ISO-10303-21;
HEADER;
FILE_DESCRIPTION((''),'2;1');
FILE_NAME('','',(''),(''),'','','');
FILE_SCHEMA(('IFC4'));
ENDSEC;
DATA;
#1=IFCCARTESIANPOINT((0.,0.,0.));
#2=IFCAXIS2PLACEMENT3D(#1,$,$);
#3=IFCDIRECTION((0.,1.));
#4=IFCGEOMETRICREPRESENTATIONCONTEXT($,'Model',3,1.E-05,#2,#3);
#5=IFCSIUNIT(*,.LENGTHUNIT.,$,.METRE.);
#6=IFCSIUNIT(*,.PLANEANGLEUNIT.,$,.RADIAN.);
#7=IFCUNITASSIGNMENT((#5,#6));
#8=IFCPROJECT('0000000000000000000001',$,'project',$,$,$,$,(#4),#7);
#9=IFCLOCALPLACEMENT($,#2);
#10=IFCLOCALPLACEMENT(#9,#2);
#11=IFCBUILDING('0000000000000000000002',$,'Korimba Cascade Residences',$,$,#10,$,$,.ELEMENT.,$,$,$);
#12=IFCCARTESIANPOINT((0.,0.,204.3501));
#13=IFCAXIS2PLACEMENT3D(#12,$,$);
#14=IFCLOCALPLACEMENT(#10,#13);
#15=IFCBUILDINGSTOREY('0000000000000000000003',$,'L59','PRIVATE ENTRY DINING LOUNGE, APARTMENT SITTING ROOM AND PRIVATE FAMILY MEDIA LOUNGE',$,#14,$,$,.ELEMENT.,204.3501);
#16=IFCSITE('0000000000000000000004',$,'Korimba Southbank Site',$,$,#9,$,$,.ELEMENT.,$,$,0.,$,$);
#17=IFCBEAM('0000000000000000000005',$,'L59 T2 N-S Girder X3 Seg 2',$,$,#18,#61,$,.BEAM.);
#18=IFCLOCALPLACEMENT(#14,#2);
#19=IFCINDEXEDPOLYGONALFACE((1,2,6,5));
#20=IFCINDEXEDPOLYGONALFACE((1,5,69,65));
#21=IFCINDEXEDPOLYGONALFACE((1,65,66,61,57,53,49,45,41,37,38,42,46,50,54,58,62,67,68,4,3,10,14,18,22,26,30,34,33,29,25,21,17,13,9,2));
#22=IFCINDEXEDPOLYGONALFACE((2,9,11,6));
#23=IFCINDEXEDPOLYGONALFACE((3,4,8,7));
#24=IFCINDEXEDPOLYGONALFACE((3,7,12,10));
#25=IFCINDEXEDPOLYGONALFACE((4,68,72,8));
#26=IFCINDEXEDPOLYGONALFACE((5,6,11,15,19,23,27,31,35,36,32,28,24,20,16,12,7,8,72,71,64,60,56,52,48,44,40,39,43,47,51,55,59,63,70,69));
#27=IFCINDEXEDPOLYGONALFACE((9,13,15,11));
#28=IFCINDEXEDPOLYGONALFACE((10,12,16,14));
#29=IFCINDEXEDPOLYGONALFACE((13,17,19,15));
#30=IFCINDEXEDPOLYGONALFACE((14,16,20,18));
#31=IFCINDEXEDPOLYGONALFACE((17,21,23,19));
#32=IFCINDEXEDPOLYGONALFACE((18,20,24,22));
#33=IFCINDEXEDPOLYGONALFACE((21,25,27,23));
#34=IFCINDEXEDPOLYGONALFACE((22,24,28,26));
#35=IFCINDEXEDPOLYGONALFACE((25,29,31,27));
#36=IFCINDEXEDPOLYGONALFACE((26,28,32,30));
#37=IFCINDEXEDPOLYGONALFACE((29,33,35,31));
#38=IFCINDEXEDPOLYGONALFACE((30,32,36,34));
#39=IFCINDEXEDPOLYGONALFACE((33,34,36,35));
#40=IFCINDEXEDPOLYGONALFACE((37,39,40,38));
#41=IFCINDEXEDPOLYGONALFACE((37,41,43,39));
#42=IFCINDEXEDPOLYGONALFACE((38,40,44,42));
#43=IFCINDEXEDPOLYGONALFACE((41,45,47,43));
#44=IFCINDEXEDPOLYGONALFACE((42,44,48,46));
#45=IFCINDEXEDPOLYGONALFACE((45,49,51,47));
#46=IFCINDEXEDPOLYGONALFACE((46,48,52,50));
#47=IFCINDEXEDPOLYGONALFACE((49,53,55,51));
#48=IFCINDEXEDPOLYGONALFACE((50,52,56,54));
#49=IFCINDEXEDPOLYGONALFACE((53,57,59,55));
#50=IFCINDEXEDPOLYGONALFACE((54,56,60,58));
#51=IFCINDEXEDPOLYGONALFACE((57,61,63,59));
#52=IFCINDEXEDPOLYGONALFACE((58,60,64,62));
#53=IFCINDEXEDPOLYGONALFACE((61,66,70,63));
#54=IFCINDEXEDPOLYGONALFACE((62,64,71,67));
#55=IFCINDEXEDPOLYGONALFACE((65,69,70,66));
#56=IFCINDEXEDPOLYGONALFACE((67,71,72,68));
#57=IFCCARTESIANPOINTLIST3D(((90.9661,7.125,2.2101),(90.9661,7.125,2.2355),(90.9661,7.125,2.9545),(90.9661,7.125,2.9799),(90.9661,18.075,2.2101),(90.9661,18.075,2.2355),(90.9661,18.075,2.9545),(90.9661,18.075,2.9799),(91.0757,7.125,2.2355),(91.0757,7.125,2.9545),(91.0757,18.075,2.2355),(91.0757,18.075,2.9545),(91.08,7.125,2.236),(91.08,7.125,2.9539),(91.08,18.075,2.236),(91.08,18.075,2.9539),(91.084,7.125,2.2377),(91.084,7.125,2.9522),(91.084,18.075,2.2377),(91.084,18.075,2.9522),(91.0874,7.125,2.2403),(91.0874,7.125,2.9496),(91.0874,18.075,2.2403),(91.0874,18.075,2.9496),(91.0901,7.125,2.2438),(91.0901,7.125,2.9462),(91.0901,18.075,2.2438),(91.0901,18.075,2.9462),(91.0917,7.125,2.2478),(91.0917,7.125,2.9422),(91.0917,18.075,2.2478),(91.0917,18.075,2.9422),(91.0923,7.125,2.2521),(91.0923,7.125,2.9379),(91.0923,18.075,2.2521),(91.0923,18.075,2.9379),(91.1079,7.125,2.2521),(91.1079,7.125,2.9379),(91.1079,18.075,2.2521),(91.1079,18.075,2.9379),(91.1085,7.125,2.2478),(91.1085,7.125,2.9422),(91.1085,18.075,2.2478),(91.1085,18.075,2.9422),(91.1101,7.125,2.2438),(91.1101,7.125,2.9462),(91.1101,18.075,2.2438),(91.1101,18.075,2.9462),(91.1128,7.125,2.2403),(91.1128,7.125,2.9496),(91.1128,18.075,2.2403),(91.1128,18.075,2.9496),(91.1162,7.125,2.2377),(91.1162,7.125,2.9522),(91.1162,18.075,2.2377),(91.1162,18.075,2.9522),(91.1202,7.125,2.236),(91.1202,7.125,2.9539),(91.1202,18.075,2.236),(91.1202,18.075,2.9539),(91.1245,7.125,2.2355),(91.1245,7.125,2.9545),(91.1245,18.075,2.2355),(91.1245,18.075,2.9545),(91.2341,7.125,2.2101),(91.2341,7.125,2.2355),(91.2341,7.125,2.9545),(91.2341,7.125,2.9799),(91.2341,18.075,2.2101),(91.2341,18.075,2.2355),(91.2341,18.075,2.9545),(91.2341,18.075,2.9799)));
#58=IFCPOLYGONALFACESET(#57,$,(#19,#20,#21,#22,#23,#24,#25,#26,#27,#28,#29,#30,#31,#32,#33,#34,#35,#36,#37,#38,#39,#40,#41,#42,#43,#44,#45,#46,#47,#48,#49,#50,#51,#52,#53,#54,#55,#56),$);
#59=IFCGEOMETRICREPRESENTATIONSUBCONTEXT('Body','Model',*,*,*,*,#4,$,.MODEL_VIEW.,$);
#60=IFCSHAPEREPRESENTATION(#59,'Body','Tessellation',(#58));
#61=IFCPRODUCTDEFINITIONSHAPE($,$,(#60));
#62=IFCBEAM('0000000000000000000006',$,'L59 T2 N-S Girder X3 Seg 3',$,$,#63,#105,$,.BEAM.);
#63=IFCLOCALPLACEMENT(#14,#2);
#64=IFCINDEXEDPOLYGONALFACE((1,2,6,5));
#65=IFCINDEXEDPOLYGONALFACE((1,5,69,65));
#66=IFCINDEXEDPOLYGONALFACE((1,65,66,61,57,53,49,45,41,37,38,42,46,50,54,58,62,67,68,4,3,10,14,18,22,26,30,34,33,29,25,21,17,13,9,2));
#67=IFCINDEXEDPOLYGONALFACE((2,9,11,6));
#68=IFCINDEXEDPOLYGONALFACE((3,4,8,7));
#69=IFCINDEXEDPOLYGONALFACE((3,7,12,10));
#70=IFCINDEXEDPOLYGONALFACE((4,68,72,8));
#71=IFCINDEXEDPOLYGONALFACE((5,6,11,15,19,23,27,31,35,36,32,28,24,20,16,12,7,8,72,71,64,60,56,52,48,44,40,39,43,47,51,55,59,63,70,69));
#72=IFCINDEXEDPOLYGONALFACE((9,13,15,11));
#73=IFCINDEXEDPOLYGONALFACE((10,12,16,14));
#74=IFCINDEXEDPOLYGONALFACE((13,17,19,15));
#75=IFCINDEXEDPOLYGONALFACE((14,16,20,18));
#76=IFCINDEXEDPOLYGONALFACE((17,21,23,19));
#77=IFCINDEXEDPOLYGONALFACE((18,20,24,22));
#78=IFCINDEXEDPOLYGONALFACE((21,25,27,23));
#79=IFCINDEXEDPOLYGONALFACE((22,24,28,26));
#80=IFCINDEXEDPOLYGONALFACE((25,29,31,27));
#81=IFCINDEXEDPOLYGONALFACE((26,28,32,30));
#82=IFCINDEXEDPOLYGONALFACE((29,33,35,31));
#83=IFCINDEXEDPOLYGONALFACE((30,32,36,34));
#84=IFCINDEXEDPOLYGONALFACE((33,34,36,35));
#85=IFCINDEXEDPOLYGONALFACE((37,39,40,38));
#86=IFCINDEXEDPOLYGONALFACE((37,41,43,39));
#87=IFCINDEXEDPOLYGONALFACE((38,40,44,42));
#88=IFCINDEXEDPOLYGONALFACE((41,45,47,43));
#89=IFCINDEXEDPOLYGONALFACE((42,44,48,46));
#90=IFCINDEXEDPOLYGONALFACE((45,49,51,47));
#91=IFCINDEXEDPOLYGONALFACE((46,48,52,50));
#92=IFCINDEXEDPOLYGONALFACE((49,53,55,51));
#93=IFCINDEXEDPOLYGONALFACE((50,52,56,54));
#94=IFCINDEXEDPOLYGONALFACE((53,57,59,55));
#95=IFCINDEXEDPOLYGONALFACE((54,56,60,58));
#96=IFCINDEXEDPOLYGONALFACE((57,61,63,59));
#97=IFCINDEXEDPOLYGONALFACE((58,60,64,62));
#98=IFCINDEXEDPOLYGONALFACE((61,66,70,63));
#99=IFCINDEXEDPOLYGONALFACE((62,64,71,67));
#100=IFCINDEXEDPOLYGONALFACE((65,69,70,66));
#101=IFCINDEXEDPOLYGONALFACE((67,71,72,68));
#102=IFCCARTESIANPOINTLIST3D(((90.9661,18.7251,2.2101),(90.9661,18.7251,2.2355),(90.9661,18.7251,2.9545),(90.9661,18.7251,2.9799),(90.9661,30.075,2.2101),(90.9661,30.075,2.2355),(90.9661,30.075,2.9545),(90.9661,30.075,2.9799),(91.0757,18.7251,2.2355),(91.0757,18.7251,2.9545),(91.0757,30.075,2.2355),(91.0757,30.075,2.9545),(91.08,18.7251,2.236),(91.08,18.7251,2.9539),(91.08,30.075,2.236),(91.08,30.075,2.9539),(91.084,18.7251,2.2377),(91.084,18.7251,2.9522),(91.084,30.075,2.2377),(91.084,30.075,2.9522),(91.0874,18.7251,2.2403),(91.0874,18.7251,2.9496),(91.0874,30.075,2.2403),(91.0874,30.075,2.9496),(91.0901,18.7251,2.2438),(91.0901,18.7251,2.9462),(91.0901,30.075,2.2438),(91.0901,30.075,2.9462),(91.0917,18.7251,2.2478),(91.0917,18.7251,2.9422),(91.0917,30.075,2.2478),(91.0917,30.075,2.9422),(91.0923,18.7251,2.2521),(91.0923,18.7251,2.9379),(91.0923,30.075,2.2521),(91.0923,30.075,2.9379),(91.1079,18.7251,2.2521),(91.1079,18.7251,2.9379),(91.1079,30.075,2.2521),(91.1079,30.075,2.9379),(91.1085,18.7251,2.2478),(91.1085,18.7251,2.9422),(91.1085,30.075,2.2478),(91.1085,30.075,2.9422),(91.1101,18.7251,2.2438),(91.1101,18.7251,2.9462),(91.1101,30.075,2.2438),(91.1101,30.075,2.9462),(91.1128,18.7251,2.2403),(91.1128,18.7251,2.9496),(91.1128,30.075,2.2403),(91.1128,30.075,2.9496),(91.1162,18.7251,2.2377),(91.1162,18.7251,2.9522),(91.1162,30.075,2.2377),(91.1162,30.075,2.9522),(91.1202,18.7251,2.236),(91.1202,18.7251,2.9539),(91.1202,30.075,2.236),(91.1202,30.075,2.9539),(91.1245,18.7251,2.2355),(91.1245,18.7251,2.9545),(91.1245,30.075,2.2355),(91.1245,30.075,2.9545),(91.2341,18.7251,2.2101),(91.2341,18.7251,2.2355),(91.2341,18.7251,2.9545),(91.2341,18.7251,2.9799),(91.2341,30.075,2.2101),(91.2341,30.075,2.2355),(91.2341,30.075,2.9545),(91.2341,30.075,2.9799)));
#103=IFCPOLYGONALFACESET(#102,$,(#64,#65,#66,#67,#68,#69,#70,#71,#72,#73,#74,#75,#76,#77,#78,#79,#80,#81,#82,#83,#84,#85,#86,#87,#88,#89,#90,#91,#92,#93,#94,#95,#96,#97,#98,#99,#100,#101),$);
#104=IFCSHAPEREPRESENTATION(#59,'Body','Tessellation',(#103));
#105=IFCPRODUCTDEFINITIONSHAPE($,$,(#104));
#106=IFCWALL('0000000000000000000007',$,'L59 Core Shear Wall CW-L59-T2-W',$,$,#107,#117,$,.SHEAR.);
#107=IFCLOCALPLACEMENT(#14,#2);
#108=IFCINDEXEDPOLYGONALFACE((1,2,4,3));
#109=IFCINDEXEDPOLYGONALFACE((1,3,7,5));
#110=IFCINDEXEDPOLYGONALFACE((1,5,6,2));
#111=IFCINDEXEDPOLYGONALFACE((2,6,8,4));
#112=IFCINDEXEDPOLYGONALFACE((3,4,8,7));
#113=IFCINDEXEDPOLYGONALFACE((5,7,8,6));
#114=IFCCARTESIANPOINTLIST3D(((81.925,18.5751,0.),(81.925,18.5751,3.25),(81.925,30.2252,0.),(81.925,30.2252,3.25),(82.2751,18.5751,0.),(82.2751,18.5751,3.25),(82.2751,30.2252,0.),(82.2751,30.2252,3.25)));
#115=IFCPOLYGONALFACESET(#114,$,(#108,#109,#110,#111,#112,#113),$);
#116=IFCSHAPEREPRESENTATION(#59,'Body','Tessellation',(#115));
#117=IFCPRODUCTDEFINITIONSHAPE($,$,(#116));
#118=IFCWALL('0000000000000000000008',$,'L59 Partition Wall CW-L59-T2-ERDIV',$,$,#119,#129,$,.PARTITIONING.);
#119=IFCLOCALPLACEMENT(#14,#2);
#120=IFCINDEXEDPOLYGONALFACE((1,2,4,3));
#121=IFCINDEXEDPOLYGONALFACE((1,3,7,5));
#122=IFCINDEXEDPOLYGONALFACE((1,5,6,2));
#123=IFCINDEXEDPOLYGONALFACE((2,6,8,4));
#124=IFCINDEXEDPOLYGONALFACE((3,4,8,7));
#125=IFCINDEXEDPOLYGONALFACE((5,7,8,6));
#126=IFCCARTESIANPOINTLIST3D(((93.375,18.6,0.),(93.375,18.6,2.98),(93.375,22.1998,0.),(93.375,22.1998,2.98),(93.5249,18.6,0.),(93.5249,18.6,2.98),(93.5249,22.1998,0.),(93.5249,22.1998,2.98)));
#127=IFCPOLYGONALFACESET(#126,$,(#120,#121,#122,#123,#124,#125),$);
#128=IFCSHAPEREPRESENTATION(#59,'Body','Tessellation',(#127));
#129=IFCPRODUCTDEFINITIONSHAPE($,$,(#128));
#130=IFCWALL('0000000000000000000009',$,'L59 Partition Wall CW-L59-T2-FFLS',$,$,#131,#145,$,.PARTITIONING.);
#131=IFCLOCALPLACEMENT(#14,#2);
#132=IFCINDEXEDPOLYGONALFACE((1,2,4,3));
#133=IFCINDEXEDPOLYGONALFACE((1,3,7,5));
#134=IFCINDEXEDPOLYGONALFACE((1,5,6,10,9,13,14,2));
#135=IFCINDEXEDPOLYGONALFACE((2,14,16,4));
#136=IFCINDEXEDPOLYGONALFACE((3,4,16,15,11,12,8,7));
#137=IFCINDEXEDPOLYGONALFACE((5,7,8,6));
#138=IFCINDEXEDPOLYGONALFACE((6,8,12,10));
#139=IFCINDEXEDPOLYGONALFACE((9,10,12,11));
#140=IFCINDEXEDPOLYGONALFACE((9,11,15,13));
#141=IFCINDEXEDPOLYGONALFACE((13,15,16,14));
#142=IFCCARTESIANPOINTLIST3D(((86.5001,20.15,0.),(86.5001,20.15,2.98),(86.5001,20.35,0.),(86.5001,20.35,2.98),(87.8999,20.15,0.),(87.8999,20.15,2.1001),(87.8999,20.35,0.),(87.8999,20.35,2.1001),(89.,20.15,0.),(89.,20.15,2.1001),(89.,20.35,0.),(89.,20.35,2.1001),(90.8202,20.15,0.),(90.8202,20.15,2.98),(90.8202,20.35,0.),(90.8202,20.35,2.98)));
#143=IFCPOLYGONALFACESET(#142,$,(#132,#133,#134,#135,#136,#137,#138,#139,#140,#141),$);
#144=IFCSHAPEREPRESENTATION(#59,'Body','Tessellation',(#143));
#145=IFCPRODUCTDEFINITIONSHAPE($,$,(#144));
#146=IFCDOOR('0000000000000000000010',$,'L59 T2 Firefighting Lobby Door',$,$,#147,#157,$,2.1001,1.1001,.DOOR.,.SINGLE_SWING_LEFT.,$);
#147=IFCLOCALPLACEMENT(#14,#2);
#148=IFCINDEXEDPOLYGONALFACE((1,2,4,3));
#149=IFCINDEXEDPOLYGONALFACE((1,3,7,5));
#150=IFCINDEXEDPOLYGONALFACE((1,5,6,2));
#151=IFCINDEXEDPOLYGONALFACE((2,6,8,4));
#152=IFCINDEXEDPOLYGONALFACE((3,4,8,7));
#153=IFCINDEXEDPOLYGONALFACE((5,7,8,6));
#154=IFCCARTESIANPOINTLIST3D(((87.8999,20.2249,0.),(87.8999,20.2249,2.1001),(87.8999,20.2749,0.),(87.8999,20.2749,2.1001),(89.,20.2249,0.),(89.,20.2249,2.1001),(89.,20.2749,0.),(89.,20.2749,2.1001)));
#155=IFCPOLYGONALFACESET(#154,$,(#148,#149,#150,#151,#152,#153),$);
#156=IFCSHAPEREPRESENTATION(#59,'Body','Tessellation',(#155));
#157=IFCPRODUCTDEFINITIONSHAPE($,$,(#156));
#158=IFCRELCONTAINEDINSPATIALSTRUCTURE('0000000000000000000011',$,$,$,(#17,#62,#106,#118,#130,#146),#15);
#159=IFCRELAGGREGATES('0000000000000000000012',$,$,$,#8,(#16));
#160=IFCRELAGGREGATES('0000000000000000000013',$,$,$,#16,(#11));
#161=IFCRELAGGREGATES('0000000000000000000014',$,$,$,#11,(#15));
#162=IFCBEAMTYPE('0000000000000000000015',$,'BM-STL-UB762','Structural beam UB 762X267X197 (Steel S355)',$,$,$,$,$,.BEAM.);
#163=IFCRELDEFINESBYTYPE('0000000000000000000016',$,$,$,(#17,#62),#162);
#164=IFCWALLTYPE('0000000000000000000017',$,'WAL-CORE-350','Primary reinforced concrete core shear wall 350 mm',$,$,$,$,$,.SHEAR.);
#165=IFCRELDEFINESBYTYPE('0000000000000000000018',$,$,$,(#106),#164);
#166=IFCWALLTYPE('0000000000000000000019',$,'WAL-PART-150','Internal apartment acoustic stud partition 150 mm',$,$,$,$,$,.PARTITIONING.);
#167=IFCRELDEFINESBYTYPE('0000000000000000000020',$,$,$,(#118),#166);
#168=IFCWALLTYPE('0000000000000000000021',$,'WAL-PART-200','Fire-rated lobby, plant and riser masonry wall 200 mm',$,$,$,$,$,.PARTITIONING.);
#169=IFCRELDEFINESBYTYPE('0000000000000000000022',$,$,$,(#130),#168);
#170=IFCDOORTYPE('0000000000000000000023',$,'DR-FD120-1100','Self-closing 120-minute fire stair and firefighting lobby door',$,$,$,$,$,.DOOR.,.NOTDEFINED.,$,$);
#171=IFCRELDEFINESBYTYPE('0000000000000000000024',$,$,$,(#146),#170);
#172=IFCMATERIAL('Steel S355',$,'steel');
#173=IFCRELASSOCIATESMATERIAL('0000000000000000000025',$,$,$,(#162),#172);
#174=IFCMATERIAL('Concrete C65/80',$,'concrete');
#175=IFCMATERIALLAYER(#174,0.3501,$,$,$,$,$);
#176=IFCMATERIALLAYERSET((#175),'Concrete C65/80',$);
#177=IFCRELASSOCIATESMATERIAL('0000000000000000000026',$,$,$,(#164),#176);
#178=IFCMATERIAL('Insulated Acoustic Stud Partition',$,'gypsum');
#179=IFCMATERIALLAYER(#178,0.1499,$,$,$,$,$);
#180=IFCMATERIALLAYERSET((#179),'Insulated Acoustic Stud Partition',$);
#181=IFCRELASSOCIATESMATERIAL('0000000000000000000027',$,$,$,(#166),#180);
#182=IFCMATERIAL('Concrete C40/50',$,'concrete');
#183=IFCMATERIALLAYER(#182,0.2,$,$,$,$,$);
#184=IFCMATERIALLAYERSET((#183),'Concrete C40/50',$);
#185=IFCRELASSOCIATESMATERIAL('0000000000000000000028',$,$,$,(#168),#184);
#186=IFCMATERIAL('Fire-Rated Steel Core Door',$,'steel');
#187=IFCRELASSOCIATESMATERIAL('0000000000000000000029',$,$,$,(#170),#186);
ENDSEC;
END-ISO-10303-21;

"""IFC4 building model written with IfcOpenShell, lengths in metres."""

from ifc_helpers import new_model, si_unit, direction, frame, frame_2d, origin, origin_2d, place, context, subcontext, project, spatial, rectangle, i_section, extrude, material, layer, layer_set, material_profile, profile_set, type_object, element, fill, save


model = new_model("IFC4")

# Units and contexts
model_context = context("Model", 3, precision=1e-05, world=origin(), true_north=direction((0.0, 1.0)))
body_context = subcontext(model_context, "Body", "Model", "MODEL_VIEW")
ifc_project = project(units=[si_unit("LENGTHUNIT", "METRE"), si_unit("PLANEANGLEUNIT", "RADIAN")], contexts=[model_context])

# Site, building, storey
site_placement = place(None, origin())
site = spatial("IfcSite", under=ifc_project, at=site_placement, Name="Korimba Southbank Site", CompositionType="ELEMENT", RefElevation=0.0)
building_placement = place(site_placement, origin())
building = spatial("IfcBuilding", under=site, at=building_placement, Name="Korimba Cascade Residences", CompositionType="ELEMENT")
storey_placement = place(building_placement, frame((0.0, 0.0, 204.3501)))
storey = spatial("IfcBuildingStorey", under=building, at=storey_placement, Name="L59", Description="PRIVATE ENTRY DINING LOUNGE, APARTMENT SITTING ROOM AND PRIVATE FAMILY MEDIA LOUNGE", CompositionType="ELEMENT", Elevation=204.3501)

# Beams
ifc_material_1 = material(Name="Steel S355", Category="steel")
ifc_material_profile_1 = material_profile(ifc_material_1, i_section(OverallWidth=0.2681, OverallDepth=0.7698, WebThickness=0.0156, FlangeThickness=0.0254, FilletRadius=0.0166, at=origin_2d()), Name="Steel S355")
ifc_profile_set_1 = profile_set([ifc_material_profile_1], Name="Steel S355")
beam_type_1 = type_object("IfcBeamType", Name="BM-STL-UB762", Description="Structural beam UB 762X267X197 (Steel S355)", PredefinedType="BEAM", material=ifc_profile_set_1)
beam_1_placement = place(storey_placement, frame((91.1001, 7.125, 2.595), z_axis=(0.0, 1.0, 0.0), x_axis=(-1.0, 0.0, 0.0)))
element("IfcBeam", 1, at=beam_1_placement, inside=storey, type_object=beam_type_1, Name="L59 T2 N-S Girder X3 Seg 2", PredefinedType="BEAM", context=body_context, shape_type="SweptSolid", body=[
    extrude(i_section(OverallWidth=0.2681, OverallDepth=0.7698, WebThickness=0.0156, FlangeThickness=0.0254, FilletRadius=0.0166, at=origin_2d()), origin(), (0.0, 0.0, 1.0), 10.95),
])
beam_2_placement = place(storey_placement, frame((91.1001, 18.7251, 2.595), z_axis=(0.0, 1.0, 0.0), x_axis=(-1.0, 0.0, 0.0)))
element("IfcBeam", 2, at=beam_2_placement, inside=storey, type_object=beam_type_1, Name="L59 T2 N-S Girder X3 Seg 3", PredefinedType="BEAM", context=body_context, shape_type="SweptSolid", body=[
    extrude(i_section(OverallWidth=0.2681, OverallDepth=0.7698, WebThickness=0.0156, FlangeThickness=0.0254, FilletRadius=0.0166, at=origin_2d()), origin(), (0.0, 0.0, 1.0), 11.3499),
])

# Walls
ifc_material_2 = material(Name="Concrete C65/80", Category="concrete")
ifc_layer_1 = layer(ifc_material_2, 0.3501)
ifc_layer_set_1 = layer_set([ifc_layer_1], Name="Concrete C65/80")
wall_type_1 = type_object("IfcWallType", Name="WAL-CORE-350", Description="Primary reinforced concrete core shear wall 350 mm", PredefinedType="SHEAR", material=ifc_layer_set_1)
wall_1_placement = place(storey_placement, frame((82.1001, 18.575, 0.0), z_axis=(0.0, 0.0, 1.0), x_axis=(0.0, 1.0, 0.0)))
element("IfcWall", 3, at=wall_1_placement, inside=storey, type_object=wall_type_1, Name="L59 Core Shear Wall CW-L59-T2-W", PredefinedType="SHEAR", context=body_context, shape_type="SweptSolid", body=[
    extrude(rectangle(XDim=11.6501, YDim=0.3501, at=frame_2d((5.8252, 0.0))), origin(), (0.0, 0.0, 1.0), 3.25),
])
ifc_material_3 = material(Name="Insulated Acoustic Stud Partition", Category="gypsum")
ifc_layer_2 = layer(ifc_material_3, 0.1499)
ifc_layer_set_2 = layer_set([ifc_layer_2], Name="Insulated Acoustic Stud Partition")
wall_type_2 = type_object("IfcWallType", Name="WAL-PART-150", Description="Internal apartment acoustic stud partition 150 mm", PredefinedType="PARTITIONING", material=ifc_layer_set_2)
wall_2_placement = place(storey_placement, frame((93.45, 18.6001, 0.0), z_axis=(0.0, 0.0, 1.0), x_axis=(0.0, 1.0, 0.0)))
element("IfcWall", 4, at=wall_2_placement, inside=storey, type_object=wall_type_2, Name="L59 Partition Wall CW-L59-T2-ERDIV", PredefinedType="PARTITIONING", context=body_context, shape_type="SweptSolid", body=[
    extrude(rectangle(XDim=3.5999, YDim=0.1499, at=frame_2d((1.7998, 0.0))), origin(), (0.0, 0.0, 1.0), 2.98),
])

# Wall, opening, door
ifc_material_4 = material(Name="Concrete C40/50", Category="concrete")
ifc_layer_3 = layer(ifc_material_4, 0.2)
ifc_layer_set_3 = layer_set([ifc_layer_3], Name="Concrete C40/50")
wall_type_3 = type_object("IfcWallType", Name="WAL-PART-200", Description="Fire-rated lobby, plant and riser masonry wall 200 mm", PredefinedType="PARTITIONING", material=ifc_layer_set_3)
wall_3_placement = place(storey_placement, frame((86.5, 20.25, 0.0), z_axis=(0.0, 0.0, 1.0), x_axis=(1.0, 0.0, 0.0)))
wall_3 = element("IfcWall", 5, at=wall_3_placement, inside=storey, type_object=wall_type_3, Name="L59 Partition Wall CW-L59-T2-FFLS", PredefinedType="PARTITIONING", context=body_context, shape_type="SweptSolid", body=[
    extrude(rectangle(XDim=4.3201, YDim=0.2, at=frame_2d((2.1602, 0.0))), origin(), (0.0, 0.0, 1.0), 2.98),
])
opening_1_placement = place(wall_3_placement, frame((1.3999, 0.0, 0.0)))
opening_1 = element("IfcOpeningElement", 6, at=opening_1_placement, cuts=wall_3, PredefinedType="OPENING", context=body_context, shape_type="SweptSolid", body=[
    extrude(rectangle(XDim=1.1001, YDim=2.1001, at=frame_2d((0.55, 1.05))), frame((0.0, 0.1099, 0.0), z_axis=(0.0, -1.0, 0.0), x_axis=(1.0, 0.0, 0.0)), (0.0, 0.0, 1.0), 0.22),
])
ifc_material_5 = material(Name="Fire-Rated Steel Core Door", Category="steel")
door_type_1 = type_object("IfcDoorType", Name="DR-FD120-1100", Description="Self-closing 120-minute fire stair and firefighting lobby door", OperationType="NOTDEFINED", PredefinedType="DOOR", material=ifc_material_5)
door_1_placement = place(opening_1_placement, origin())
door_1 = element("IfcDoor", 7, at=door_1_placement, inside=storey, type_object=door_type_1, Name="L59 T2 Firefighting Lobby Door", OperationType="SINGLE_SWING_LEFT", OverallHeight=2.1001, OverallWidth=1.1001, PredefinedType="DOOR", context=body_context, shape_type="SweptSolid", body=[
    extrude(rectangle(XDim=1.1001, YDim=2.1001, at=frame_2d((0.55, 1.05))), frame((0.0, 0.0249, 0.0), z_axis=(0.0, -1.0, 0.0), x_axis=(1.0, 0.0, 0.0)), (0.0, 0.0, 1.0), 0.05),
])
fill(opening_1, door_1)

save(model, "model.ifc")
